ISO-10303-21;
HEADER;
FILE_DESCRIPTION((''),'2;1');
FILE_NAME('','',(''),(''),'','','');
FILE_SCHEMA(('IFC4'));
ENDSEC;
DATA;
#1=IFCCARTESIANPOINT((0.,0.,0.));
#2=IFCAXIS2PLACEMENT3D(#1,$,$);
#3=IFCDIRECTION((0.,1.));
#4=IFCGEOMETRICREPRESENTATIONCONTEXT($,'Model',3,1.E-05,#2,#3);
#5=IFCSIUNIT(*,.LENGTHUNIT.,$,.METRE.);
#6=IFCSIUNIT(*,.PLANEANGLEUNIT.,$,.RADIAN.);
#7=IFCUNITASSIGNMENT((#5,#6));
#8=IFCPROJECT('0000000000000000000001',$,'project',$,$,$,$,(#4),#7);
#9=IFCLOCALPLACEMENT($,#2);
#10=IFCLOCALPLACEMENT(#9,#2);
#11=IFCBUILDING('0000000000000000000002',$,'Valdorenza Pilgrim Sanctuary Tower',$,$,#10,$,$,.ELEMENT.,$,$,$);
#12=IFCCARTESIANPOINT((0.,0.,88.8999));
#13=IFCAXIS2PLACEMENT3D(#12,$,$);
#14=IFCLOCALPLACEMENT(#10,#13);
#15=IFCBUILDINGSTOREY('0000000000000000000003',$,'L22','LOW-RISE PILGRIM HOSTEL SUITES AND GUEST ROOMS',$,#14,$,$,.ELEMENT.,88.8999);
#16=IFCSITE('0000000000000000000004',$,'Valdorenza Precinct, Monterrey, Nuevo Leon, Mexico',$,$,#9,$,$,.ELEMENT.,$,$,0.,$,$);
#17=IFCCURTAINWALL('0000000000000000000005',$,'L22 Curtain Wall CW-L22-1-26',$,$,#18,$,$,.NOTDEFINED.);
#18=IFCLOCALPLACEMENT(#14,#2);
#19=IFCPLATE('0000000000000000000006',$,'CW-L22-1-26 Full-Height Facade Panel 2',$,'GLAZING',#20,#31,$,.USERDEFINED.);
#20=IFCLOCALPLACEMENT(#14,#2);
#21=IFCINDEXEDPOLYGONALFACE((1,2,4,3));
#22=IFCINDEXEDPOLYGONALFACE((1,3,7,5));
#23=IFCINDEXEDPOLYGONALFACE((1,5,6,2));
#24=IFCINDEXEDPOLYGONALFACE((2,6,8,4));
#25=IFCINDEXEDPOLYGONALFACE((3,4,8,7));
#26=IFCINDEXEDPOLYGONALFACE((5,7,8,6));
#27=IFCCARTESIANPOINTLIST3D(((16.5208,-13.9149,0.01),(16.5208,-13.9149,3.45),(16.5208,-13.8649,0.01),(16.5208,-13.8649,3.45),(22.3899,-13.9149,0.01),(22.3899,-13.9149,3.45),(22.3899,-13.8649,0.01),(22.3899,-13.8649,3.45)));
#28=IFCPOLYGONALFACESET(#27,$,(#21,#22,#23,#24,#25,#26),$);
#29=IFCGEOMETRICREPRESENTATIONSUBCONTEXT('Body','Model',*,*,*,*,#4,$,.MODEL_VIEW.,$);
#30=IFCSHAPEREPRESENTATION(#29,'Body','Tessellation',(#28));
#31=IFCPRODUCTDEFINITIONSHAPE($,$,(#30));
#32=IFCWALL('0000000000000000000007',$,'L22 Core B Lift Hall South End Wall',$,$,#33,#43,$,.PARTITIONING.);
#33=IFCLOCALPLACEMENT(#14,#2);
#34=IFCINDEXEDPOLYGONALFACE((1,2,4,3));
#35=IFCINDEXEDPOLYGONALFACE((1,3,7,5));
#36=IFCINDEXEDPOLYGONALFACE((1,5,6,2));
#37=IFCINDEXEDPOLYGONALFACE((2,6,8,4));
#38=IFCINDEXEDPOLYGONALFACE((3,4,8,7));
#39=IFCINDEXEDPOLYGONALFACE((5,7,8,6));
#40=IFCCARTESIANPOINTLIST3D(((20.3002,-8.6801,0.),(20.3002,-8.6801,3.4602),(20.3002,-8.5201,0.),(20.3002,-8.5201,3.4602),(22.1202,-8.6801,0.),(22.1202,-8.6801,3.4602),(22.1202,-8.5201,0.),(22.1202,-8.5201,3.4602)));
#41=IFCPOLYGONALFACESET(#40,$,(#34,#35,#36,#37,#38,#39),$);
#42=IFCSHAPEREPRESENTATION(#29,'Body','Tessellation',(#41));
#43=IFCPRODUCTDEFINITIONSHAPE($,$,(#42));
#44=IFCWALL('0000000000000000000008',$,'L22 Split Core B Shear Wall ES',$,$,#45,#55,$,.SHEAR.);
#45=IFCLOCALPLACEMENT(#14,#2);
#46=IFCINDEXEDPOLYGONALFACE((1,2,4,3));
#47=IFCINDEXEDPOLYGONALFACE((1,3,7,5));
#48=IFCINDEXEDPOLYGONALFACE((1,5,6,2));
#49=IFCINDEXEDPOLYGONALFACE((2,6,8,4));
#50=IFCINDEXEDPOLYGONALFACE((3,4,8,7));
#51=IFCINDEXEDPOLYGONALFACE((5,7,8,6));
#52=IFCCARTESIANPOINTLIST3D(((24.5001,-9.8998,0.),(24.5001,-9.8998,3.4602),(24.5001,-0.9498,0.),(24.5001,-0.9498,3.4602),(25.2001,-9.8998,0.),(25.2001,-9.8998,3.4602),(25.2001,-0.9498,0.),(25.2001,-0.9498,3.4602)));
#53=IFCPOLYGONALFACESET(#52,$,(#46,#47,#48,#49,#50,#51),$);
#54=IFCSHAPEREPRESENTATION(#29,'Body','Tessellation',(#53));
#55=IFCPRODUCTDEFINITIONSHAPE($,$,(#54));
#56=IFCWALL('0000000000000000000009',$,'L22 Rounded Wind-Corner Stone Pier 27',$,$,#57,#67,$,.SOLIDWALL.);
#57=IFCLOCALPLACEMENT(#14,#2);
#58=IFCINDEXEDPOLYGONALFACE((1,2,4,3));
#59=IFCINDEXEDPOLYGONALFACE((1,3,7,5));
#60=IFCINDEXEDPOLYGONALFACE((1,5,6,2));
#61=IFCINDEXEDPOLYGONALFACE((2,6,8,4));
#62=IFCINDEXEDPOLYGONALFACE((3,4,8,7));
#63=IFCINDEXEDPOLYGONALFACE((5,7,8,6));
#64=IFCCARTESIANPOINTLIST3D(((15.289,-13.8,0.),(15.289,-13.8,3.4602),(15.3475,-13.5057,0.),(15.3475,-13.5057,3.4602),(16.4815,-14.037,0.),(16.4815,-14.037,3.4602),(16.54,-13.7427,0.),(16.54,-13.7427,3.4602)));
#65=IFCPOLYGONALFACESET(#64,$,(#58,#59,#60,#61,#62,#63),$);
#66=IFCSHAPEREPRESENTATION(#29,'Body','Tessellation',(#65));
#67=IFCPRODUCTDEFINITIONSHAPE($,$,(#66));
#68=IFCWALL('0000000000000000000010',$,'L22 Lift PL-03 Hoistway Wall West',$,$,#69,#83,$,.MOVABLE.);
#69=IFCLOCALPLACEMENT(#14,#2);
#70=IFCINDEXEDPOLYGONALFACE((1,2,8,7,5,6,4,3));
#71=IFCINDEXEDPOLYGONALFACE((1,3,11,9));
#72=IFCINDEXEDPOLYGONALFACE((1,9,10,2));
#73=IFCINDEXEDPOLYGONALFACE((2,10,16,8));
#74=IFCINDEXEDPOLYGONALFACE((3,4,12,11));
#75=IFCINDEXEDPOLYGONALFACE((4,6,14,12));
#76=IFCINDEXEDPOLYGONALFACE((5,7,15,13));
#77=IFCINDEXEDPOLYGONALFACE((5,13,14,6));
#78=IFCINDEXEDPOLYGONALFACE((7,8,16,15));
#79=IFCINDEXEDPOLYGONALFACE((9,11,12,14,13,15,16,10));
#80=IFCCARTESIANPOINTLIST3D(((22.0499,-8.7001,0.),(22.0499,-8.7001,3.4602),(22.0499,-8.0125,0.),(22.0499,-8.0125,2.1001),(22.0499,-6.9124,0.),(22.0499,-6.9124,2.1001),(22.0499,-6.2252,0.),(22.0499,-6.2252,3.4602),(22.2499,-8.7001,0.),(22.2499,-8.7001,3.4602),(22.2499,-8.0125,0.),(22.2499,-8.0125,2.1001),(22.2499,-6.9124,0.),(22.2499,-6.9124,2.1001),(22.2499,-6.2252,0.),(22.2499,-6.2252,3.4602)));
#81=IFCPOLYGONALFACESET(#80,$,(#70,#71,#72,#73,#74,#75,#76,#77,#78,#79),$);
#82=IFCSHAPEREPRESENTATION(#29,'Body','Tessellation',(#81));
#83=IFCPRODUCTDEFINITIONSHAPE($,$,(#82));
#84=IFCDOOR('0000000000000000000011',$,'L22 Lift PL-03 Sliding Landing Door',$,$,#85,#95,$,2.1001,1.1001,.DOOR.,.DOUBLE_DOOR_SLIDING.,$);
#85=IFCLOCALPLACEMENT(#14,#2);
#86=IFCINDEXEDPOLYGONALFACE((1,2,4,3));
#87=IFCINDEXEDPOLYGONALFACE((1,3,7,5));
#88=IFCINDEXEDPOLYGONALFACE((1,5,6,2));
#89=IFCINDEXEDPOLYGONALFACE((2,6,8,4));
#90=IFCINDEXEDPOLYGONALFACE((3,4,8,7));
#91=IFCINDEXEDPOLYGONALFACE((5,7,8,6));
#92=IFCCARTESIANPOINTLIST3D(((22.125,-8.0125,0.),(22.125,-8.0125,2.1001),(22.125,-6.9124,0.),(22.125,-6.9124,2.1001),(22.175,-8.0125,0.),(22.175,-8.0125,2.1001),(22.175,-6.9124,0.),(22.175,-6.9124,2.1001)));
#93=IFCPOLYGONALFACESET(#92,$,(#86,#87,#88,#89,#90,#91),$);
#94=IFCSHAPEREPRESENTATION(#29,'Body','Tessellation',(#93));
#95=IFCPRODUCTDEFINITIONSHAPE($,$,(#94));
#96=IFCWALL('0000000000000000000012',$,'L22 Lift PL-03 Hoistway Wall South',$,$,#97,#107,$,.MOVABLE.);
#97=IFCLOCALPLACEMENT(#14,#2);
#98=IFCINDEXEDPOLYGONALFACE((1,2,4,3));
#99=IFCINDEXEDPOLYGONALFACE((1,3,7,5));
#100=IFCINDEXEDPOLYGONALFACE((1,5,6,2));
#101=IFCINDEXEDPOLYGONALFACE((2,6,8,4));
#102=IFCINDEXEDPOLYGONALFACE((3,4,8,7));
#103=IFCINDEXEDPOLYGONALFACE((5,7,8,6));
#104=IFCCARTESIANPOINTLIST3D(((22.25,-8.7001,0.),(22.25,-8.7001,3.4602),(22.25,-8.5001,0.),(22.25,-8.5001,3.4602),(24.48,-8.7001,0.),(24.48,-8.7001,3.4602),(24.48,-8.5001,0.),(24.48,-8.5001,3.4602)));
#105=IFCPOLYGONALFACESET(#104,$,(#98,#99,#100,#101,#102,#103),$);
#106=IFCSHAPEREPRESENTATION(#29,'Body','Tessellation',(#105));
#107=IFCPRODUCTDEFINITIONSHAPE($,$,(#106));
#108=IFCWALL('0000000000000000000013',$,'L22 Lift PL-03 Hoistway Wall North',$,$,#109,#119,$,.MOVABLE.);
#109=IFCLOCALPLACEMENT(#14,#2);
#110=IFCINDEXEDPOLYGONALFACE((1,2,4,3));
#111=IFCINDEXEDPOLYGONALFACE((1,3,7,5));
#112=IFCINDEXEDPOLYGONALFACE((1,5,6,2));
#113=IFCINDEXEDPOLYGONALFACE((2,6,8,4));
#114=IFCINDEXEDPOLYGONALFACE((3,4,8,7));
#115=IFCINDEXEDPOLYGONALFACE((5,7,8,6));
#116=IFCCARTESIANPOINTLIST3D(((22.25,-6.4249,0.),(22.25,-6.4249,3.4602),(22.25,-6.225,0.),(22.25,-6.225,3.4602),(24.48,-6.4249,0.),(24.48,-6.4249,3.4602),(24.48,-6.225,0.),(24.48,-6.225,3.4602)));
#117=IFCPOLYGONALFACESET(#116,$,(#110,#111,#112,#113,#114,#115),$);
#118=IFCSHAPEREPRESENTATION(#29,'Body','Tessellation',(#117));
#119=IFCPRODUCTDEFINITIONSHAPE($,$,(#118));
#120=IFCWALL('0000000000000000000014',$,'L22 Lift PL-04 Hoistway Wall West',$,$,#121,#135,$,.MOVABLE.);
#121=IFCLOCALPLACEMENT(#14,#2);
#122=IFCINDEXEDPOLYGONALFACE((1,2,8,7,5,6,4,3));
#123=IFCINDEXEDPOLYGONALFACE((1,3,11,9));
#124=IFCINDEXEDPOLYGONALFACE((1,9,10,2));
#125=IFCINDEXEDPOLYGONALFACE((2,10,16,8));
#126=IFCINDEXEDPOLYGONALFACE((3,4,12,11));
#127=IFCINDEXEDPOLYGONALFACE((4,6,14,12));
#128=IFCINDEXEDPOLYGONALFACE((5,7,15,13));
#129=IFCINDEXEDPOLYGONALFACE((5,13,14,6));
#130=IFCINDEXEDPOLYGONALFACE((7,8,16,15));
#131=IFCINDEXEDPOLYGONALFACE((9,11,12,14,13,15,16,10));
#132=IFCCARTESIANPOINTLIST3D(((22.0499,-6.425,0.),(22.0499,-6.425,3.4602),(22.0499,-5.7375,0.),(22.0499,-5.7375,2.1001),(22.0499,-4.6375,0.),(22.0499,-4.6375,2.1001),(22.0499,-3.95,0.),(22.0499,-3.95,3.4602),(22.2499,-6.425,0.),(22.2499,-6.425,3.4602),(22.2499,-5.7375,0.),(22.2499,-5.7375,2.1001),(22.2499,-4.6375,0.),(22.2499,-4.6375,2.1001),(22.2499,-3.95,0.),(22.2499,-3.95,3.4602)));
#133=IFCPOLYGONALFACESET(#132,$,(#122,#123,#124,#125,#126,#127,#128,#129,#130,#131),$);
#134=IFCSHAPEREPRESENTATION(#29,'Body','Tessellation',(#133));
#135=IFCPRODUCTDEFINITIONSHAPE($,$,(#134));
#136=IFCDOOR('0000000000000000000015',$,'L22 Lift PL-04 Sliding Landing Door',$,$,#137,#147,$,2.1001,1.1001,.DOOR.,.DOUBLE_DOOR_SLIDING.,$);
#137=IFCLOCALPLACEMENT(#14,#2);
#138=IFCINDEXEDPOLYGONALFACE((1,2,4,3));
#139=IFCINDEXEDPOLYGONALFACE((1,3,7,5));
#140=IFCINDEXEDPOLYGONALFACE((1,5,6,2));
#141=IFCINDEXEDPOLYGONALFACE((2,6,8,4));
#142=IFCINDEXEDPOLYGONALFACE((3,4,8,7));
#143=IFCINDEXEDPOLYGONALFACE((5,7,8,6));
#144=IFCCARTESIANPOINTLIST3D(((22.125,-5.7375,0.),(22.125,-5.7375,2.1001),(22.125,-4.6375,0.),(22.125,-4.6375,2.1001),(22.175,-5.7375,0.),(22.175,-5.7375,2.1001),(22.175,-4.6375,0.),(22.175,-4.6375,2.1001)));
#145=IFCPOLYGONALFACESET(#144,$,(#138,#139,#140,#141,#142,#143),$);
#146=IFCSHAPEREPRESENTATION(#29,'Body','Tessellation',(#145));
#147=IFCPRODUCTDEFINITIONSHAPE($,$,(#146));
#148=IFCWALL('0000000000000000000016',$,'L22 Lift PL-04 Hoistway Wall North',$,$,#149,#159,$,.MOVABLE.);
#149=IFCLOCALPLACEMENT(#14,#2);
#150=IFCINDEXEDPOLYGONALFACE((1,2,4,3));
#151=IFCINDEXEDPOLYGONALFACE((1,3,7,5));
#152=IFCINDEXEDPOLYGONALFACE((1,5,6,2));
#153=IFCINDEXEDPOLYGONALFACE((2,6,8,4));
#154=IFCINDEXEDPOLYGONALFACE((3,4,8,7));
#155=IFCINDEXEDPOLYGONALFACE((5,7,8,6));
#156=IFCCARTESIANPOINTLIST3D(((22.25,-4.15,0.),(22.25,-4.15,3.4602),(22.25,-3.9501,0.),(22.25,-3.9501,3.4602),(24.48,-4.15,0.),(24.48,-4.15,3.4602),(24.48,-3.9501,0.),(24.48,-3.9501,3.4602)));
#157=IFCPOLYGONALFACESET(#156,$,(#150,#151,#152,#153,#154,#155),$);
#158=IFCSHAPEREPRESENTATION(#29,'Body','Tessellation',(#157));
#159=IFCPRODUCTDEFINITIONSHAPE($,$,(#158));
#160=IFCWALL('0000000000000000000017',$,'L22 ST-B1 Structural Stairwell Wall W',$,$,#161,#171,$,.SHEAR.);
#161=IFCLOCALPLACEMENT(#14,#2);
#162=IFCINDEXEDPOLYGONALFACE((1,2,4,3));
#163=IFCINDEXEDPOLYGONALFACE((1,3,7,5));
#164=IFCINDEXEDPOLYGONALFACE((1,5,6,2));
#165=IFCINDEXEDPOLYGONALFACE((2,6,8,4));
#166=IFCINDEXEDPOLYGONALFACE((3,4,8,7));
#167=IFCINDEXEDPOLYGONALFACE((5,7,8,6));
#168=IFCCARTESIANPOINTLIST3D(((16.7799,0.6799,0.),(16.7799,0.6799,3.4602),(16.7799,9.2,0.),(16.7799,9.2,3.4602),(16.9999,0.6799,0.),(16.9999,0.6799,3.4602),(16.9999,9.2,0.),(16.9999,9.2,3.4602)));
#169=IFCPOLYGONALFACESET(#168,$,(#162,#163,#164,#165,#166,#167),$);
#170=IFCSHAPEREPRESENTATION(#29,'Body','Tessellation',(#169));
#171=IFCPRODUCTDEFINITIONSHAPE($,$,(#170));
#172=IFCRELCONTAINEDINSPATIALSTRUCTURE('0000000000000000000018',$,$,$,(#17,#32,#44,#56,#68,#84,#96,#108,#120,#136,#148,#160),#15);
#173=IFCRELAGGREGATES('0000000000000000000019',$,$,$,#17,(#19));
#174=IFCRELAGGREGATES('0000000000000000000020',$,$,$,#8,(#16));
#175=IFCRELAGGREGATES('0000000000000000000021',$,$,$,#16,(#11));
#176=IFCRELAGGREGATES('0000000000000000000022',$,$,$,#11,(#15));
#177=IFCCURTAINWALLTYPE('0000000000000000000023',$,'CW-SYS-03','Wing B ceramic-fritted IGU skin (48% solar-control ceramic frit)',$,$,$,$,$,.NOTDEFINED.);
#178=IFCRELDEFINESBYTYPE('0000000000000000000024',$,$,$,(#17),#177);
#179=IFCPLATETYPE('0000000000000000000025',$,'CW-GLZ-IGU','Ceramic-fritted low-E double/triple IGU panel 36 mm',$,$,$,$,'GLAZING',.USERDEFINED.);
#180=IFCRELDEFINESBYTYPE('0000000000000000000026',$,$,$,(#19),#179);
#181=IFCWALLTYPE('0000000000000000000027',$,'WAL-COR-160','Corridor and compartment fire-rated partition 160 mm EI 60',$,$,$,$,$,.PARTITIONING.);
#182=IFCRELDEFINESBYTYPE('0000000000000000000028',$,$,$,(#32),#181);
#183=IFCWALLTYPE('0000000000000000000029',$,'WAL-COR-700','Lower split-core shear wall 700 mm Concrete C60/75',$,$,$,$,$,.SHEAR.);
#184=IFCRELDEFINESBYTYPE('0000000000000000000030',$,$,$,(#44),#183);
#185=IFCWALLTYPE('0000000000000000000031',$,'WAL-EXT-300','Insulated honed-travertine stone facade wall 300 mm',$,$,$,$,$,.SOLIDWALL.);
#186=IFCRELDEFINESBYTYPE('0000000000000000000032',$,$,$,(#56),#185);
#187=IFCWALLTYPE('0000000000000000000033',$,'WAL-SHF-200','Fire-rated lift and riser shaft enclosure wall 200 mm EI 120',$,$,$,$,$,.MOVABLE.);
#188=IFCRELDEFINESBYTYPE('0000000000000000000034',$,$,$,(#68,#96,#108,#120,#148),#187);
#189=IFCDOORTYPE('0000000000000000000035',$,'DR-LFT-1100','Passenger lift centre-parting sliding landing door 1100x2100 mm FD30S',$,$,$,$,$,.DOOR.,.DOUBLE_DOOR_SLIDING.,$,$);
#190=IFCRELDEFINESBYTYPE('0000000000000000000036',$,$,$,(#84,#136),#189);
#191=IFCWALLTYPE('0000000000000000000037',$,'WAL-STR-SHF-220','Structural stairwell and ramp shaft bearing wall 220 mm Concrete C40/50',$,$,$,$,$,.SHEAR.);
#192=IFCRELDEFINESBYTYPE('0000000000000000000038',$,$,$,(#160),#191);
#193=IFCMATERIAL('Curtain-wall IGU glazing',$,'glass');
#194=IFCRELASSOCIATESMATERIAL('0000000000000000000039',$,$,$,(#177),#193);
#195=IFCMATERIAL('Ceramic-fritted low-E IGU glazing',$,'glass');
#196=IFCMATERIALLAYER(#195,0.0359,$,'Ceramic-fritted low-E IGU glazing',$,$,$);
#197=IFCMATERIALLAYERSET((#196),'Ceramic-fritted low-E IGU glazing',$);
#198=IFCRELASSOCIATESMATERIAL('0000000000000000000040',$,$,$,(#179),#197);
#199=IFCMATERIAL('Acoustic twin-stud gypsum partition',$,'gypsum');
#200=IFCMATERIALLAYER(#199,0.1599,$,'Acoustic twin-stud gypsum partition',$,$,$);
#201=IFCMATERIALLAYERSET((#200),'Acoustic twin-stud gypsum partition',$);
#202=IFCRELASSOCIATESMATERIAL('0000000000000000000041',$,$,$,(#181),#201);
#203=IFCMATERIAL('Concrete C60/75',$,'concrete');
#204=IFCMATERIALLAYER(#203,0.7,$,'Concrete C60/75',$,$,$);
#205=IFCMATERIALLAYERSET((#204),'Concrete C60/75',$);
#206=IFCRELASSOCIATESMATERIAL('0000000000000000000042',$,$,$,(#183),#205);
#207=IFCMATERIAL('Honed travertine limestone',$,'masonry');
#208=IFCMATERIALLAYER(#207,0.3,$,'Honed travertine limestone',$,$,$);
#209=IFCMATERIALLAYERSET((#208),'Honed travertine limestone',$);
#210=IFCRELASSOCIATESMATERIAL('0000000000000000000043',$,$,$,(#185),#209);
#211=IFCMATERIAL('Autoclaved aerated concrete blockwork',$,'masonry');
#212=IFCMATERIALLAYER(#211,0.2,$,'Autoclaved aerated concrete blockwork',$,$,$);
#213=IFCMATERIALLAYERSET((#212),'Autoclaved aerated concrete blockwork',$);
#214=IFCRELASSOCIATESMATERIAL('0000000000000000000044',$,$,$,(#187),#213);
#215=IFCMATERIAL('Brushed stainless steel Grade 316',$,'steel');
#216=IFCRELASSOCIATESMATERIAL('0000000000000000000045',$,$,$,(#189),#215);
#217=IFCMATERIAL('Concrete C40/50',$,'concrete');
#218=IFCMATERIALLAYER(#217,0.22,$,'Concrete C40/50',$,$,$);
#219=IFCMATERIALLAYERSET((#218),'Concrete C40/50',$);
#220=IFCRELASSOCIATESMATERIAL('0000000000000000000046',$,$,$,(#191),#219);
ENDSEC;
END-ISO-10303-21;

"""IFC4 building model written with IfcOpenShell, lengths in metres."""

from ifc_helpers import new_model, si_unit, direction, frame, frame_2d, origin, origin_2d, place, context, subcontext, project, spatial, rectangle, extrude, source, transform, mapped, material, layer, layer_set, type_object, element, fill, aggregate, save


model = new_model("IFC4")

# Units and contexts
model_context = context("Model", 3, precision=1e-05, world=origin(), true_north=direction((0.0, 1.0)))
body_context = subcontext(model_context, "Body", "Model", "MODEL_VIEW")
ifc_project = project(units=[si_unit("LENGTHUNIT", "METRE"), si_unit("PLANEANGLEUNIT", "RADIAN")], contexts=[model_context])

# Site, building, storey
site_placement = place(None, origin())
site = spatial("IfcSite", under=ifc_project, at=site_placement, Name="Valdorenza Precinct, Monterrey, Nuevo Leon, Mexico", CompositionType="ELEMENT", RefElevation=0.0)
building_placement = place(site_placement, origin())
building = spatial("IfcBuilding", under=site, at=building_placement, Name="Valdorenza Pilgrim Sanctuary Tower", CompositionType="ELEMENT")
storey_placement = place(building_placement, frame((0.0, 0.0, 88.8999)))
storey = spatial("IfcBuildingStorey", under=building, at=storey_placement, Name="L22", Description="LOW-RISE PILGRIM HOSTEL SUITES AND GUEST ROOMS", CompositionType="ELEMENT", Elevation=88.8999)

# Shared definitions
ifc_material_1 = material(Name="Concrete C60/75", Category="concrete")

# Curtain wall, plate
ifc_material_2 = material(Name="Curtain-wall IGU glazing", Category="glass")
curtain_wall_type = type_object("IfcCurtainWallType", Name="CW-SYS-03", Description="Wing B ceramic-fritted IGU skin (48% solar-control ceramic frit)", PredefinedType="NOTDEFINED", material=ifc_material_2)
curtain_wall_placement = place(storey_placement, origin())
curtain_wall = element("IfcCurtainWall", 1, at=curtain_wall_placement, inside=storey, type_object=curtain_wall_type, Name="L22 Curtain Wall CW-L22-1-26", PredefinedType="NOTDEFINED")
ifc_material_3 = material(Name="Ceramic-fritted low-E IGU glazing", Category="glass")
ifc_layer_1 = layer(ifc_material_3, 0.0359, Name="Ceramic-fritted low-E IGU glazing")
ifc_layer_set_1 = layer_set([ifc_layer_1], Name="Ceramic-fritted low-E IGU glazing")
plate_type = type_object("IfcPlateType", Name="CW-GLZ-IGU", Description="Ceramic-fritted low-E double/triple IGU panel 36 mm", ElementType="GLAZING", PredefinedType="USERDEFINED", material=ifc_layer_set_1)
shared_shape_1 = source(origin(), body_context, "Body", "SweptSolid", [
    extrude(rectangle(XDim=5.8691, YDim=0.05, at=origin_2d()), origin(), (0.0, 0.0, 1.0), 3.4399),
])
plate_placement = place(storey_placement, frame((19.4553, -13.8899, 0.01), z_axis=(0.0, 0.0, 1.0), x_axis=(-1.0, 0.0, 0.0)))
plate = element("IfcPlate", 2, at=plate_placement, type_object=plate_type, Name="CW-L22-1-26 Full-Height Facade Panel 2", ObjectType="GLAZING", PredefinedType="USERDEFINED", context=body_context, shape_type="MappedRepresentation", body=[
    mapped(shared_shape_1, transform((0.0, 0.0, 0.0), x_axis=(1.0, 0.0, 0.0), y_axis=(0.0, 1.0, 0.0), z_axis=(0.0, 0.0, 1.0), scale=1.0)),
])
aggregate(curtain_wall, [plate])

# Walls
ifc_material_4 = material(Name="Acoustic twin-stud gypsum partition", Category="gypsum")
ifc_layer_2 = layer(ifc_material_4, 0.1599, Name="Acoustic twin-stud gypsum partition")
ifc_layer_set_2 = layer_set([ifc_layer_2], Name="Acoustic twin-stud gypsum partition")
wall_type_1 = type_object("IfcWallType", Name="WAL-COR-160", Description="Corridor and compartment fire-rated partition 160 mm EI 60", PredefinedType="PARTITIONING", material=ifc_layer_set_2)
wall_1_placement = place(storey_placement, frame((20.3, -8.6001, 0.0), z_axis=(0.0, 0.0, 1.0), x_axis=(1.0, 0.0, 0.0)))
element("IfcWall", 3, at=wall_1_placement, inside=storey, type_object=wall_type_1, Name="L22 Core B Lift Hall South End Wall", PredefinedType="PARTITIONING", context=body_context, shape_type="SweptSolid", body=[
    extrude(rectangle(XDim=1.8201, YDim=0.1599, at=frame_2d((0.9102, 0.0))), origin(), (0.0, 0.0, 1.0), 3.4602),
])
ifc_layer_3 = layer(ifc_material_1, 0.7, Name="Concrete C60/75")
ifc_layer_set_3 = layer_set([ifc_layer_3], Name="Concrete C60/75")
wall_type_2 = type_object("IfcWallType", Name="WAL-COR-700", Description="Lower split-core shear wall 700 mm Concrete C60/75", PredefinedType="SHEAR", material=ifc_layer_set_3)
wall_2_placement = place(storey_placement, frame((24.8501, -9.8999, 0.0), z_axis=(0.0, 0.0, 1.0), x_axis=(0.0, 1.0, 0.0)))
element("IfcWall", 4, at=wall_2_placement, inside=storey, type_object=wall_type_2, Name="L22 Split Core B Shear Wall ES", PredefinedType="SHEAR", context=body_context, shape_type="SweptSolid", body=[
    extrude(rectangle(XDim=8.95, YDim=0.7, at=frame_2d((4.4751, 0.0))), origin(), (0.0, 0.0, 1.0), 3.4602),
])
ifc_material_5 = material(Name="Honed travertine limestone", Category="masonry")
ifc_layer_4 = layer(ifc_material_5, 0.3, Name="Honed travertine limestone")
ifc_layer_set_4 = layer_set([ifc_layer_4], Name="Honed travertine limestone")
wall_type_3 = type_object("IfcWallType", Name="WAL-EXT-300", Description="Insulated honed-travertine stone facade wall 300 mm", PredefinedType="SOLIDWALL", material=ifc_layer_set_4)
wall_3_placement = place(storey_placement, frame((16.5107, -13.8899, 0.0), z_axis=(0.0, 0.0, 1.0), x_axis=(-0.980804, 0.194996, 0.0)))
element("IfcWall", 5, at=wall_3_placement, inside=storey, type_object=wall_type_3, Name="L22 Rounded Wind-Corner Stone Pier 27", PredefinedType="SOLIDWALL", context=body_context, shape_type="SweptSolid", body=[
    extrude(rectangle(XDim=1.2158, YDim=0.3, at=frame_2d((0.6079, 0.0))), origin(), (0.0, 0.0, 1.0), 3.4602),
])

# Wall, opening, door
ifc_material_6 = material(Name="Autoclaved aerated concrete blockwork", Category="masonry")
ifc_layer_5 = layer(ifc_material_6, 0.2, Name="Autoclaved aerated concrete blockwork")
ifc_layer_set_5 = layer_set([ifc_layer_5], Name="Autoclaved aerated concrete blockwork")
wall_type_4 = type_object("IfcWallType", Name="WAL-SHF-200", Description="Fire-rated lift and riser shaft enclosure wall 200 mm EI 120", PredefinedType="MOVABLE", material=ifc_layer_set_5)
wall_4_placement = place(storey_placement, frame((22.1499, -8.7, 0.0), z_axis=(0.0, 0.0, 1.0), x_axis=(0.0, 1.0, 0.0)))
wall_4 = element("IfcWall", 6, at=wall_4_placement, inside=storey, type_object=wall_type_4, Name="L22 Lift PL-03 Hoistway Wall West", PredefinedType="MOVABLE", context=body_context, shape_type="SweptSolid", body=[
    extrude(rectangle(XDim=2.4749, YDim=0.2, at=frame_2d((1.2373, 0.0))), origin(), (0.0, 0.0, 1.0), 3.4602),
])
opening_1_placement = place(wall_4_placement, frame((0.6875, 0.0, 0.0)))
opening_1 = element("IfcOpeningElement", 7, at=opening_1_placement, cuts=wall_4, PredefinedType="OPENING", context=body_context, shape_type="SweptSolid", body=[
    extrude(rectangle(XDim=1.1001, YDim=2.1001, at=frame_2d((0.55, 1.05))), frame((0.0, 0.1147, 0.0), z_axis=(0.0, -1.0, 0.0), x_axis=(1.0, 0.0, 0.0)), (0.0, 0.0, 1.0), 0.2297),
])
ifc_material_7 = material(Name="Brushed stainless steel Grade 316", Category="steel")
door_type_1 = type_object("IfcDoorType", Name="DR-LFT-1100", Description="Passenger lift centre-parting sliding landing door 1100x2100 mm FD30S", OperationType="DOUBLE_DOOR_SLIDING", PredefinedType="DOOR", material=ifc_material_7)
door_1_placement = place(opening_1_placement, origin())
door_1 = element("IfcDoor", 8, at=door_1_placement, inside=storey, type_object=door_type_1, Name="L22 Lift PL-03 Sliding Landing Door", OperationType="DOUBLE_DOOR_SLIDING", OverallHeight=2.1001, OverallWidth=1.1001, PredefinedType="DOOR", context=body_context, shape_type="SweptSolid", body=[
    extrude(rectangle(XDim=1.1001, YDim=2.1001, at=frame_2d((0.55, 1.05))), frame((0.0, 0.0249, 0.0), z_axis=(0.0, -1.0, 0.0), x_axis=(1.0, 0.0, 0.0)), (0.0, 0.0, 1.0), 0.05),
])
fill(opening_1, door_1)

# Walls
for number, where, z_axis, x_axis, name in (
    (9, (22.25, -8.6001, 0.0), (0.0, 0.0, 1.0), (1.0, 0.0, 0.0), "L22 Lift PL-03 Hoistway Wall South"),
    (10, (22.25, -6.325, 0.0), (0.0, 0.0, 1.0), (1.0, 0.0, 0.0), "L22 Lift PL-03 Hoistway Wall North"),
):
    element("IfcWall", number, at=place(storey_placement, frame(where, z_axis=z_axis, x_axis=x_axis)), inside=storey, type_object=wall_type_4, Name=name, PredefinedType="MOVABLE", context=body_context, shape_type="SweptSolid", body=[
        extrude(rectangle(XDim=2.23, YDim=0.2, at=frame_2d((1.115, 0.0))), origin(), (0.0, 0.0, 1.0), 3.4602),
    ])

# Wall, opening, door
wall_5_placement = place(storey_placement, frame((22.1499, -6.425, 0.0), z_axis=(0.0, 0.0, 1.0), x_axis=(0.0, 1.0, 0.0)))
wall_5 = element("IfcWall", 11, at=wall_5_placement, inside=storey, type_object=wall_type_4, Name="L22 Lift PL-04 Hoistway Wall West", PredefinedType="MOVABLE", context=body_context, shape_type="SweptSolid", body=[
    extrude(rectangle(XDim=2.4751, YDim=0.2, at=frame_2d((1.2375, 0.0))), origin(), (0.0, 0.0, 1.0), 3.4602),
])
opening_2_placement = place(wall_5_placement, frame((0.6875, 0.0, 0.0)))
opening_2 = element("IfcOpeningElement", 12, at=opening_2_placement, cuts=wall_5, PredefinedType="OPENING", context=body_context, shape_type="SweptSolid", body=[
    extrude(rectangle(XDim=1.1001, YDim=2.1001, at=frame_2d((0.55, 1.05))), frame((0.0, 0.1147, 0.0), z_axis=(0.0, -1.0, 0.0), x_axis=(1.0, 0.0, 0.0)), (0.0, 0.0, 1.0), 0.2297),
])
door_2_placement = place(opening_2_placement, origin())
door_2 = element("IfcDoor", 13, at=door_2_placement, inside=storey, type_object=door_type_1, Name="L22 Lift PL-04 Sliding Landing Door", OperationType="DOUBLE_DOOR_SLIDING", OverallHeight=2.1001, OverallWidth=1.1001, PredefinedType="DOOR", context=body_context, shape_type="SweptSolid", body=[
    extrude(rectangle(XDim=1.1001, YDim=2.1001, at=frame_2d((0.55, 1.05))), frame((0.0, 0.0249, 0.0), z_axis=(0.0, -1.0, 0.0), x_axis=(1.0, 0.0, 0.0)), (0.0, 0.0, 1.0), 0.05),
])
fill(opening_2, door_2)

# Walls
wall_6_placement = place(storey_placement, frame((22.25, -4.05, 0.0), z_axis=(0.0, 0.0, 1.0), x_axis=(1.0, 0.0, 0.0)))
element("IfcWall", 14, at=wall_6_placement, inside=storey, type_object=wall_type_4, Name="L22 Lift PL-04 Hoistway Wall North", PredefinedType="MOVABLE", context=body_context, shape_type="SweptSolid", body=[
    extrude(rectangle(XDim=2.23, YDim=0.2, at=frame_2d((1.115, 0.0))), origin(), (0.0, 0.0, 1.0), 3.4602),
])
ifc_material_8 = material(Name="Concrete C40/50", Category="concrete")
ifc_layer_6 = layer(ifc_material_8, 0.22, Name="Concrete C40/50")
ifc_layer_set_6 = layer_set([ifc_layer_6], Name="Concrete C40/50")
wall_type_5 = type_object("IfcWallType", Name="WAL-STR-SHF-220", Description="Structural stairwell and ramp shaft bearing wall 220 mm Concrete C40/50", PredefinedType="SHEAR", material=ifc_layer_set_6)
for number, where, z_axis, x_axis, name in (
    (15, (16.8899, 0.6799, 0.0), (0.0, 0.0, 1.0), (0.0, 1.0, 0.0), "L22 ST-B1 Structural Stairwell Wall W"),
):
    element("IfcWall", number, at=place(storey_placement, frame(where, z_axis=z_axis, x_axis=x_axis)), inside=storey, type_object=wall_type_5, Name=name, PredefinedType="SHEAR", context=body_context, shape_type="SweptSolid", body=[
        extrude(rectangle(XDim=8.52, YDim=0.22, at=frame_2d((4.26, 0.0))), origin(), (0.0, 0.0, 1.0), 3.4602),
    ])

save(model, "model.ifc")
